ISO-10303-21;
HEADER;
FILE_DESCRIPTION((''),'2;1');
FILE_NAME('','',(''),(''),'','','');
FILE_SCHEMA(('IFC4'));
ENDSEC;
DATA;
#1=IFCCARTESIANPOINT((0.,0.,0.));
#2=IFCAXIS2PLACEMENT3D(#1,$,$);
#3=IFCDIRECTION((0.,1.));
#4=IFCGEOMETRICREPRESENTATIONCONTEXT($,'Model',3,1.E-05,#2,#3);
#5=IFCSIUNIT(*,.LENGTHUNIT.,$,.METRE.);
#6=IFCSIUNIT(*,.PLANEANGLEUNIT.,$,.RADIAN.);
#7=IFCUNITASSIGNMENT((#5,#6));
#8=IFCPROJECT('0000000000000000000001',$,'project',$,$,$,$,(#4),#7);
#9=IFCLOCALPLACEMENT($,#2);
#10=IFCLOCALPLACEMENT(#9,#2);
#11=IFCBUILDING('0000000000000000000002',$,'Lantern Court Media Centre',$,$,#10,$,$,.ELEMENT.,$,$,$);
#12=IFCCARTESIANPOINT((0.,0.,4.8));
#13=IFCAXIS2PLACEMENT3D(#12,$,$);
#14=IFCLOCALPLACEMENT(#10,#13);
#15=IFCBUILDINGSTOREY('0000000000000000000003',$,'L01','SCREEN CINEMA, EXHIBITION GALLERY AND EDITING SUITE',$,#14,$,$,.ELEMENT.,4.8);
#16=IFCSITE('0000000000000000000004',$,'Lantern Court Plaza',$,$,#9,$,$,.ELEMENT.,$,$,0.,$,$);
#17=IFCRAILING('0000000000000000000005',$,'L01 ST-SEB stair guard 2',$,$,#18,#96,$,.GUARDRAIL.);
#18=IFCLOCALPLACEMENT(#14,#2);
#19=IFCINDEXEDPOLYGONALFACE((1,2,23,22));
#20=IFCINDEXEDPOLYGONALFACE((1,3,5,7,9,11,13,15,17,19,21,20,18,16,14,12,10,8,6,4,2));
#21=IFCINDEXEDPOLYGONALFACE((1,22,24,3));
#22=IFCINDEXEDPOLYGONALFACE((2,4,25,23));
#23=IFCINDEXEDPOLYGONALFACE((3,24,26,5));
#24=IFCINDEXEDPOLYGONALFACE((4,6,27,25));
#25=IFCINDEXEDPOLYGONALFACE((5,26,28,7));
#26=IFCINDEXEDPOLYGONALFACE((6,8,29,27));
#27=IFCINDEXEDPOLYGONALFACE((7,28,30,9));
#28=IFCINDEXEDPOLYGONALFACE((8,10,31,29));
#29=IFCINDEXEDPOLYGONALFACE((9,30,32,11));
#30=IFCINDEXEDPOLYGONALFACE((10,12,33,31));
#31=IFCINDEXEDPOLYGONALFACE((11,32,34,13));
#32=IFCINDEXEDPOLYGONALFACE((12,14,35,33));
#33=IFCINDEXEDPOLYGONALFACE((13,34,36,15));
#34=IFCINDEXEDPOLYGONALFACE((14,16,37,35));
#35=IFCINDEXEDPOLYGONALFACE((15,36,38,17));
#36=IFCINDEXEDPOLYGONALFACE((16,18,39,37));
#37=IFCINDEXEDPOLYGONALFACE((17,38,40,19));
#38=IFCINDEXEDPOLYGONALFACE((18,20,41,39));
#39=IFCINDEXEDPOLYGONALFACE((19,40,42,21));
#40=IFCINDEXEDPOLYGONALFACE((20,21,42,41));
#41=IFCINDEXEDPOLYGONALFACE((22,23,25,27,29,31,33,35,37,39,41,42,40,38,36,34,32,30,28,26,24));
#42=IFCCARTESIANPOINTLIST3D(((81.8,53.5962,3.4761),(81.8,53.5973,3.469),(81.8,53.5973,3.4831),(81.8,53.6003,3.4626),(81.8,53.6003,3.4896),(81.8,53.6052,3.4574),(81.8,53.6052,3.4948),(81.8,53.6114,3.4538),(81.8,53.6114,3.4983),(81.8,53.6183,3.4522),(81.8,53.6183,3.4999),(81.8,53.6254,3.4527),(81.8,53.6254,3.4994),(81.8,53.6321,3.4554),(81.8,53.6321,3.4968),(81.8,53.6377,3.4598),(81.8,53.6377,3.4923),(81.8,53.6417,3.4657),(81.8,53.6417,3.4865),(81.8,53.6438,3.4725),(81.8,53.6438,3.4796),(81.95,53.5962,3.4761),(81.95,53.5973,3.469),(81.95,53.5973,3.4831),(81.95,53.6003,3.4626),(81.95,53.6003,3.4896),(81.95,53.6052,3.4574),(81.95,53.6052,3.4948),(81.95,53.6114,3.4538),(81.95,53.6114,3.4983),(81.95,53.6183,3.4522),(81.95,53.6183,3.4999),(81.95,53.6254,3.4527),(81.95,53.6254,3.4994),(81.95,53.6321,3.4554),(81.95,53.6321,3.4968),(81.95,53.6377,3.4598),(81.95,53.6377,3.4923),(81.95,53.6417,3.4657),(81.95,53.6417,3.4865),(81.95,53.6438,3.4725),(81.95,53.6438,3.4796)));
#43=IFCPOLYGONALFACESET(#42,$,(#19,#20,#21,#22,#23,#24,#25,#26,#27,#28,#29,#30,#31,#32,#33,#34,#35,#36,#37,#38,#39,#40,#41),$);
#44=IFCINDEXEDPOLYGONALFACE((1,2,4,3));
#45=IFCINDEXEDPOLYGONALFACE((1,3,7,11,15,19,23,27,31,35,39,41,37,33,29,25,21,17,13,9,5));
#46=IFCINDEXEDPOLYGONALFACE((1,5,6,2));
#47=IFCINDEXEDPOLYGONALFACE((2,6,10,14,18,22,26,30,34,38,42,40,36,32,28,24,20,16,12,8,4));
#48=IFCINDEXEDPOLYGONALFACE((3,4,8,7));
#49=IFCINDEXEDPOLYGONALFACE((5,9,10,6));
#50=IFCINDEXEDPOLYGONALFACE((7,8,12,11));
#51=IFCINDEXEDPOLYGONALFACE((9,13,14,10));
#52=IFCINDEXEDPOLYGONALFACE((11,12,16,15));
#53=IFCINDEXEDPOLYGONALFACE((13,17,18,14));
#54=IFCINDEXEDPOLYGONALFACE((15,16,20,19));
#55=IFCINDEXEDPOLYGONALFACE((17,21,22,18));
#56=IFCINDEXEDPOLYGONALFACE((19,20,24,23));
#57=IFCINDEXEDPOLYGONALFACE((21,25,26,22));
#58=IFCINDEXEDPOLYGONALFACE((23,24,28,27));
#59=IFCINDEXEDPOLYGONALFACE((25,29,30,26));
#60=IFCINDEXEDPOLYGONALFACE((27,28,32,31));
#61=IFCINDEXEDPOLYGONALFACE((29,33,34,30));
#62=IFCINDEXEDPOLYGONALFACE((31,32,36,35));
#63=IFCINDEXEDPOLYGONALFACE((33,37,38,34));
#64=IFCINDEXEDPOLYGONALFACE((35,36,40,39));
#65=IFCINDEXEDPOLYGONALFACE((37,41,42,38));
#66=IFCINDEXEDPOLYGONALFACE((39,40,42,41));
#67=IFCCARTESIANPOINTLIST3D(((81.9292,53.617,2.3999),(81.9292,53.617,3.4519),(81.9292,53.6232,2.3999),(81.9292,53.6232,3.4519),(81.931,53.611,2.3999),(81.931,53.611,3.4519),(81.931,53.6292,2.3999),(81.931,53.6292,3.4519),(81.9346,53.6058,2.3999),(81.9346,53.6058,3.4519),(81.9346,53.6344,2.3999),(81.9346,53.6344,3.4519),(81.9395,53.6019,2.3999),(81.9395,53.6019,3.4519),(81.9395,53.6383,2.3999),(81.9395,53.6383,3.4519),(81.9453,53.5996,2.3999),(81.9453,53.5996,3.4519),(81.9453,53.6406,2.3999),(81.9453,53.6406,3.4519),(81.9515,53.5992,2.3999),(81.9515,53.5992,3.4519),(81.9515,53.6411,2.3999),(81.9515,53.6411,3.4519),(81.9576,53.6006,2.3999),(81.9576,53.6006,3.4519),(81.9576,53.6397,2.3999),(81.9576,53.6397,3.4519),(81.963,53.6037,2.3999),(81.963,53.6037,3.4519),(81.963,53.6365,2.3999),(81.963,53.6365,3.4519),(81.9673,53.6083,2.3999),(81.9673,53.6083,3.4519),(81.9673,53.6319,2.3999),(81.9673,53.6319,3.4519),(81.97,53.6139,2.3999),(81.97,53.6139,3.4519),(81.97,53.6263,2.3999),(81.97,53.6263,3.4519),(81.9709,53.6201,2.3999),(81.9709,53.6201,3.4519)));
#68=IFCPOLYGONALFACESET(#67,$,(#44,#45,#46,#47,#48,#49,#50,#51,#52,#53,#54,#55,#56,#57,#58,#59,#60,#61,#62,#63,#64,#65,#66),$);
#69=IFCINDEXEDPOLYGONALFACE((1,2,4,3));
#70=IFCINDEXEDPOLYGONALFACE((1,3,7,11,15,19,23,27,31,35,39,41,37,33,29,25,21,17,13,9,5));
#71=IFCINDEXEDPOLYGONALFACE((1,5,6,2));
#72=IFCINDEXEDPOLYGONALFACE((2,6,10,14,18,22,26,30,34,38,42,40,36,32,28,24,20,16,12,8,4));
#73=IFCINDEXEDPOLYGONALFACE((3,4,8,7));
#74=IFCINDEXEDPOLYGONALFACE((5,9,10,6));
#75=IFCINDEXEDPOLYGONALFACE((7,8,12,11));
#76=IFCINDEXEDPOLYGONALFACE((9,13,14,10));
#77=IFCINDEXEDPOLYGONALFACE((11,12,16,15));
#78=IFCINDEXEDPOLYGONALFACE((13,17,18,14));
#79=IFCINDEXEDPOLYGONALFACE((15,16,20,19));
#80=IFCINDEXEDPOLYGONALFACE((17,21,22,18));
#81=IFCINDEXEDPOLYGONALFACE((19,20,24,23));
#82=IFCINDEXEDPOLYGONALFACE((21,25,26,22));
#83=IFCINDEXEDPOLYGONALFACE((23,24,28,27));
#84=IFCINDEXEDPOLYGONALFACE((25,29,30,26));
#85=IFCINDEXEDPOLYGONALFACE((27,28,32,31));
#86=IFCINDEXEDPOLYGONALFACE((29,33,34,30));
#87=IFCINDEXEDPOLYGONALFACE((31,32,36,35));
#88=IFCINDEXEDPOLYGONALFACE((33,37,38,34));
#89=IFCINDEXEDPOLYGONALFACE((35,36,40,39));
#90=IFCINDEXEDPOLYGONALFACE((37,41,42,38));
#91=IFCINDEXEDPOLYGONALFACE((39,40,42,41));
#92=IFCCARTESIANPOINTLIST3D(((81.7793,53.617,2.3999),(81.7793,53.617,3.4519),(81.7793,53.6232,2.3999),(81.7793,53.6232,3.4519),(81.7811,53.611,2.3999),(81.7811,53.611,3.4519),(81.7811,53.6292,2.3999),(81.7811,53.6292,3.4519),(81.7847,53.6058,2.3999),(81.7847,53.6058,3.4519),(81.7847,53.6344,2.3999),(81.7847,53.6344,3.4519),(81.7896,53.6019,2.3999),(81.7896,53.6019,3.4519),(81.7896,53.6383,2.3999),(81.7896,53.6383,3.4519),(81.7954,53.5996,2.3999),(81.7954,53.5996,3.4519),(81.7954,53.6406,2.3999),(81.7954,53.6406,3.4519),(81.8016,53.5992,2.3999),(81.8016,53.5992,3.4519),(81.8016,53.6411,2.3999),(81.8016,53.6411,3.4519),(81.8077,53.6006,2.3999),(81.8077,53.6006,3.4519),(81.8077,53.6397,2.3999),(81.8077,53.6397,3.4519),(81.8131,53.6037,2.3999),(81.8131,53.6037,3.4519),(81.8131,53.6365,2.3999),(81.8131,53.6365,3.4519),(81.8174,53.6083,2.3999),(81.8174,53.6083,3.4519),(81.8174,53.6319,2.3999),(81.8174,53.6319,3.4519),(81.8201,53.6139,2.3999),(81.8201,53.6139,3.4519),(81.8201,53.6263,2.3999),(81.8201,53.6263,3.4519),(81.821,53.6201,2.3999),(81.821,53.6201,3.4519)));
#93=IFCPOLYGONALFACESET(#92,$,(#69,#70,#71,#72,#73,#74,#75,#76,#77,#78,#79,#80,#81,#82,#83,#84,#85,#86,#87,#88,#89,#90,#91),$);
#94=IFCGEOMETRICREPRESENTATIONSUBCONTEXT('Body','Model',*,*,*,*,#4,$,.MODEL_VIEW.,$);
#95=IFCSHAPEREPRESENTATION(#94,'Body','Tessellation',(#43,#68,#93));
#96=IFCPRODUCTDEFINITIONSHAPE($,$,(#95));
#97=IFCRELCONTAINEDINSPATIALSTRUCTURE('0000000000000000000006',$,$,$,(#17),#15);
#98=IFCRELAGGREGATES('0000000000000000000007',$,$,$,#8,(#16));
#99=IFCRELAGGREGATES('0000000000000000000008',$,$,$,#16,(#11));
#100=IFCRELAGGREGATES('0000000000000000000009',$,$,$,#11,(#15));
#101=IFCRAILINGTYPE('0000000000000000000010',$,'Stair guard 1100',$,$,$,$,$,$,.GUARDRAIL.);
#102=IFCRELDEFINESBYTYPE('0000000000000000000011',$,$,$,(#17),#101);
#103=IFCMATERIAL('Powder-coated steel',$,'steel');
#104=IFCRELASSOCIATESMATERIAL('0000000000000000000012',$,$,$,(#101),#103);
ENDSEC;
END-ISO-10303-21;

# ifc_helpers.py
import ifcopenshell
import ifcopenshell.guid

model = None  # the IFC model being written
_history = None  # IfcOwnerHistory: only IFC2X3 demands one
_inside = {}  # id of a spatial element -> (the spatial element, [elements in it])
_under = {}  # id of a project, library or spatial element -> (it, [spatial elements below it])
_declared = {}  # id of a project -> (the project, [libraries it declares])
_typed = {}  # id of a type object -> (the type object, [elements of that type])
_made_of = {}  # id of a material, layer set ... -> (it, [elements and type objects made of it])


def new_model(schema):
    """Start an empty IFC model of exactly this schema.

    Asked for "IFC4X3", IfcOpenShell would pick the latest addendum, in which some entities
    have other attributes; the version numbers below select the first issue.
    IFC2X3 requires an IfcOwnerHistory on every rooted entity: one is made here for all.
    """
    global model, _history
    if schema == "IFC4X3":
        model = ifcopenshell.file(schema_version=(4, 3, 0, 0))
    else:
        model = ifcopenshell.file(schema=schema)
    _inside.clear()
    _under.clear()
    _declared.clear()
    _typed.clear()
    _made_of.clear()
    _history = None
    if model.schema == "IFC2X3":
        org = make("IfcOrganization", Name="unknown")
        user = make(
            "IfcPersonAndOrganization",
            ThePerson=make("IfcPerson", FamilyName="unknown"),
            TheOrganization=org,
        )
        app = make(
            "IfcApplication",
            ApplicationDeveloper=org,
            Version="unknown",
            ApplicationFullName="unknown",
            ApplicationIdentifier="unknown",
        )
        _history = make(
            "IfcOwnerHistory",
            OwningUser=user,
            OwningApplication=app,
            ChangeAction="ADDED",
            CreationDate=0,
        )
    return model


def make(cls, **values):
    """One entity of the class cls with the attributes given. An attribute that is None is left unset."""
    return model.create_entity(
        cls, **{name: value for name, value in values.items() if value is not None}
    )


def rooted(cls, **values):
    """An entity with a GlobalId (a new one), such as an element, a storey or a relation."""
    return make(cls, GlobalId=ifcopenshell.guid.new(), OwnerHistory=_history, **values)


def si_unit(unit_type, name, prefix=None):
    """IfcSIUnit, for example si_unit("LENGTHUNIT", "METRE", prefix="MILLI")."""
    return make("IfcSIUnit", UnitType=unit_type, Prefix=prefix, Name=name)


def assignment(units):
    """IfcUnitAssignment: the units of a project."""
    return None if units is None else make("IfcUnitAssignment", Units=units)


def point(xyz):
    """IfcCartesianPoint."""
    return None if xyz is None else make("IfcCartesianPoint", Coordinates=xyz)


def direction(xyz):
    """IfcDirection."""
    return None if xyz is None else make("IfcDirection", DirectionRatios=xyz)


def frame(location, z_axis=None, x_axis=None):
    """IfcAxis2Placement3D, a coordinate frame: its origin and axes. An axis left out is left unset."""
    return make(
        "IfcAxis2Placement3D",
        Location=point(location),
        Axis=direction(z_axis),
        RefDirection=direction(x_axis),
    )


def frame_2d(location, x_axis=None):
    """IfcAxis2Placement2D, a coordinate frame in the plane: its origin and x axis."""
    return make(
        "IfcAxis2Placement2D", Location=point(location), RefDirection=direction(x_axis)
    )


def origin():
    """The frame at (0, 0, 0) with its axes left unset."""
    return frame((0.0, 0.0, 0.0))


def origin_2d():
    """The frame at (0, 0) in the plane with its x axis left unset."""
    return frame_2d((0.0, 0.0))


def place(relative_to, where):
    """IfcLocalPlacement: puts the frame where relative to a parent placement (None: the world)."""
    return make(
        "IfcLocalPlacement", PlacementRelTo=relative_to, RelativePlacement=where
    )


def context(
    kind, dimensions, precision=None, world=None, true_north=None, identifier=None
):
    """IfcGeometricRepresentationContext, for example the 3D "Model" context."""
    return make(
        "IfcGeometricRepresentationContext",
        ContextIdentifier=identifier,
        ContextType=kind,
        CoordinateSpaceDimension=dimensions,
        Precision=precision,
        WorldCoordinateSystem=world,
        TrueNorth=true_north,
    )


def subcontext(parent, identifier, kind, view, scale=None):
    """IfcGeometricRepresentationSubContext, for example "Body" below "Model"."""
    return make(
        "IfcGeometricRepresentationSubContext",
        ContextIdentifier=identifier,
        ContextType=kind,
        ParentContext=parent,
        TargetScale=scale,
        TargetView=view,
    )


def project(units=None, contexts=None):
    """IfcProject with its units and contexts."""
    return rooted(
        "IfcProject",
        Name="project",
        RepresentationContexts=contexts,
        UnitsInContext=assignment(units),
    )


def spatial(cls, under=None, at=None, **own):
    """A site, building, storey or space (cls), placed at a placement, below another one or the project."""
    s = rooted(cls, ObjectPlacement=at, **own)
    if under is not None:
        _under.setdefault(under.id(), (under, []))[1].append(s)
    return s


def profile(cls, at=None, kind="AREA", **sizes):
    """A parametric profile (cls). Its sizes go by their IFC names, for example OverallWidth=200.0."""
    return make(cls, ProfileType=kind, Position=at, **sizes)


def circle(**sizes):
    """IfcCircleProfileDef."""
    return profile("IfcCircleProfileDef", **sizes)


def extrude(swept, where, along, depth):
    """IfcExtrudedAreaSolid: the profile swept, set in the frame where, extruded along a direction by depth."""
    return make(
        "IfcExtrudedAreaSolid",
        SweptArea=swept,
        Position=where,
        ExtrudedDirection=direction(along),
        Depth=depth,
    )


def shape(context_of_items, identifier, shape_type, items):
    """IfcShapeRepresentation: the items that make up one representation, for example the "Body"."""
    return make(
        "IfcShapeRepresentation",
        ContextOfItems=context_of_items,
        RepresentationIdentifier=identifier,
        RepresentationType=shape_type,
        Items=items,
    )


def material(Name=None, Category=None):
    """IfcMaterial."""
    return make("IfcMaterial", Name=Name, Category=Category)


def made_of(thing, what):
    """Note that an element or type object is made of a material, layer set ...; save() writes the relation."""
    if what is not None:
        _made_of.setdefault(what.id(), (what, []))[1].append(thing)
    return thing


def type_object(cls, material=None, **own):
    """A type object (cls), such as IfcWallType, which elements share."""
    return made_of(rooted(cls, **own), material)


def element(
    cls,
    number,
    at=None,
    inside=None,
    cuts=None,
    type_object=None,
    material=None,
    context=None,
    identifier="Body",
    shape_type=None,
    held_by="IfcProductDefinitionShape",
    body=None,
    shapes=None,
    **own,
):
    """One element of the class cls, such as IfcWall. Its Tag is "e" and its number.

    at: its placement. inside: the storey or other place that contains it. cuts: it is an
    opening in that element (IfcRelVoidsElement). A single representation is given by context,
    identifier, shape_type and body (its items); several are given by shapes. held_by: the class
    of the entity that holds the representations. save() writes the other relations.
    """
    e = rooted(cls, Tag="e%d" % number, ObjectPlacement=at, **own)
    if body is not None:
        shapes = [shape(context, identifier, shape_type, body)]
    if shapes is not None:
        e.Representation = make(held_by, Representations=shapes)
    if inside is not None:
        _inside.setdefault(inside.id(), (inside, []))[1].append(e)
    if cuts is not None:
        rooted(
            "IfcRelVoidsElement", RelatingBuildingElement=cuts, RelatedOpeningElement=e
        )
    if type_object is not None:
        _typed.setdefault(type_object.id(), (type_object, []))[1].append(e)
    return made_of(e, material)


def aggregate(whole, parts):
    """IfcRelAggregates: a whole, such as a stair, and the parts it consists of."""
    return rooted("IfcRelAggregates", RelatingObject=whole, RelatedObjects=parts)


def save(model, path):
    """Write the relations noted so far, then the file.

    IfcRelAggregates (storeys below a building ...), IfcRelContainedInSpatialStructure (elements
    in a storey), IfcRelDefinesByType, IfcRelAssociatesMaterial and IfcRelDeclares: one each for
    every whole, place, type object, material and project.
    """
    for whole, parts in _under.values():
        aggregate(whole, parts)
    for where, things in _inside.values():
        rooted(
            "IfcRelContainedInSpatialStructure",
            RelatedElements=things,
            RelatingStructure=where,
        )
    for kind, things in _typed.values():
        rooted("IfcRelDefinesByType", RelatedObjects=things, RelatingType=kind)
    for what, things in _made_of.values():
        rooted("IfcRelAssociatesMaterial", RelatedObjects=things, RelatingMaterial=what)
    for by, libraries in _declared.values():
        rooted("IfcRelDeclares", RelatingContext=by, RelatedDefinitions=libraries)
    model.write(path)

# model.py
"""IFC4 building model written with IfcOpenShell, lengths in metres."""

from ifc_helpers import new_model, si_unit, direction, frame, origin, origin_2d, place, context, subcontext, project, spatial, circle, extrude, material, type_object, element, save


model = new_model("IFC4")

# Units and contexts
model_context = context("Model", 3, precision=1e-05, world=origin(), true_north=direction((0.0, 1.0)))
body_context = subcontext(model_context, "Body", "Model", "MODEL_VIEW")
ifc_project = project(units=[si_unit("LENGTHUNIT", "METRE"), si_unit("PLANEANGLEUNIT", "RADIAN")], contexts=[model_context])

# Site, building, storey
site_placement = place(None, origin())
site = spatial("IfcSite", under=ifc_project, at=site_placement, Name="Lantern Court Plaza", CompositionType="ELEMENT", RefElevation=0.0)
building_placement = place(site_placement, origin())
building = spatial("IfcBuilding", under=site, at=building_placement, Name="Lantern Court Media Centre", CompositionType="ELEMENT")
storey_placement = place(building_placement, frame((0.0, 0.0, 4.8)))
storey = spatial("IfcBuildingStorey", under=building, at=storey_placement, Name="L01", Description="SCREEN CINEMA, EXHIBITION GALLERY AND EDITING SUITE", CompositionType="ELEMENT", Elevation=4.8)

# Railing
ifc_material_1 = material(Name="Powder-coated steel", Category="steel")
railing_type_1 = type_object("IfcRailingType", Name="Stair guard 1100", PredefinedType="GUARDRAIL", material=ifc_material_1)
railing_1_placement = place(storey_placement, frame((81.95, 53.6201, 2.3999)))
element("IfcRailing", 1, at=railing_1_placement, inside=storey, type_object=railing_type_1, Name="L01 ST-SEB stair guard 2", PredefinedType="GUARDRAIL", context=body_context, shape_type="SweptSolid", body=[
    extrude(circle(Radius=0.0239, at=origin_2d()), frame((0.0, 0.0, 1.0762), z_axis=(-1.0, 0.0, 0.0), x_axis=(0.0, -1.0, 0.0)), (0.0, 0.0, 1.0), 0.1499),
    extrude(circle(Radius=0.021, at=origin_2d()), origin(), (0.0, 0.0, 1.0), 1.052),
    extrude(circle(Radius=0.021, at=origin_2d()), frame((-0.1499, 0.0, 0.0)), (0.0, 0.0, 1.0), 1.052),
])

save(model, "model.ifc")
